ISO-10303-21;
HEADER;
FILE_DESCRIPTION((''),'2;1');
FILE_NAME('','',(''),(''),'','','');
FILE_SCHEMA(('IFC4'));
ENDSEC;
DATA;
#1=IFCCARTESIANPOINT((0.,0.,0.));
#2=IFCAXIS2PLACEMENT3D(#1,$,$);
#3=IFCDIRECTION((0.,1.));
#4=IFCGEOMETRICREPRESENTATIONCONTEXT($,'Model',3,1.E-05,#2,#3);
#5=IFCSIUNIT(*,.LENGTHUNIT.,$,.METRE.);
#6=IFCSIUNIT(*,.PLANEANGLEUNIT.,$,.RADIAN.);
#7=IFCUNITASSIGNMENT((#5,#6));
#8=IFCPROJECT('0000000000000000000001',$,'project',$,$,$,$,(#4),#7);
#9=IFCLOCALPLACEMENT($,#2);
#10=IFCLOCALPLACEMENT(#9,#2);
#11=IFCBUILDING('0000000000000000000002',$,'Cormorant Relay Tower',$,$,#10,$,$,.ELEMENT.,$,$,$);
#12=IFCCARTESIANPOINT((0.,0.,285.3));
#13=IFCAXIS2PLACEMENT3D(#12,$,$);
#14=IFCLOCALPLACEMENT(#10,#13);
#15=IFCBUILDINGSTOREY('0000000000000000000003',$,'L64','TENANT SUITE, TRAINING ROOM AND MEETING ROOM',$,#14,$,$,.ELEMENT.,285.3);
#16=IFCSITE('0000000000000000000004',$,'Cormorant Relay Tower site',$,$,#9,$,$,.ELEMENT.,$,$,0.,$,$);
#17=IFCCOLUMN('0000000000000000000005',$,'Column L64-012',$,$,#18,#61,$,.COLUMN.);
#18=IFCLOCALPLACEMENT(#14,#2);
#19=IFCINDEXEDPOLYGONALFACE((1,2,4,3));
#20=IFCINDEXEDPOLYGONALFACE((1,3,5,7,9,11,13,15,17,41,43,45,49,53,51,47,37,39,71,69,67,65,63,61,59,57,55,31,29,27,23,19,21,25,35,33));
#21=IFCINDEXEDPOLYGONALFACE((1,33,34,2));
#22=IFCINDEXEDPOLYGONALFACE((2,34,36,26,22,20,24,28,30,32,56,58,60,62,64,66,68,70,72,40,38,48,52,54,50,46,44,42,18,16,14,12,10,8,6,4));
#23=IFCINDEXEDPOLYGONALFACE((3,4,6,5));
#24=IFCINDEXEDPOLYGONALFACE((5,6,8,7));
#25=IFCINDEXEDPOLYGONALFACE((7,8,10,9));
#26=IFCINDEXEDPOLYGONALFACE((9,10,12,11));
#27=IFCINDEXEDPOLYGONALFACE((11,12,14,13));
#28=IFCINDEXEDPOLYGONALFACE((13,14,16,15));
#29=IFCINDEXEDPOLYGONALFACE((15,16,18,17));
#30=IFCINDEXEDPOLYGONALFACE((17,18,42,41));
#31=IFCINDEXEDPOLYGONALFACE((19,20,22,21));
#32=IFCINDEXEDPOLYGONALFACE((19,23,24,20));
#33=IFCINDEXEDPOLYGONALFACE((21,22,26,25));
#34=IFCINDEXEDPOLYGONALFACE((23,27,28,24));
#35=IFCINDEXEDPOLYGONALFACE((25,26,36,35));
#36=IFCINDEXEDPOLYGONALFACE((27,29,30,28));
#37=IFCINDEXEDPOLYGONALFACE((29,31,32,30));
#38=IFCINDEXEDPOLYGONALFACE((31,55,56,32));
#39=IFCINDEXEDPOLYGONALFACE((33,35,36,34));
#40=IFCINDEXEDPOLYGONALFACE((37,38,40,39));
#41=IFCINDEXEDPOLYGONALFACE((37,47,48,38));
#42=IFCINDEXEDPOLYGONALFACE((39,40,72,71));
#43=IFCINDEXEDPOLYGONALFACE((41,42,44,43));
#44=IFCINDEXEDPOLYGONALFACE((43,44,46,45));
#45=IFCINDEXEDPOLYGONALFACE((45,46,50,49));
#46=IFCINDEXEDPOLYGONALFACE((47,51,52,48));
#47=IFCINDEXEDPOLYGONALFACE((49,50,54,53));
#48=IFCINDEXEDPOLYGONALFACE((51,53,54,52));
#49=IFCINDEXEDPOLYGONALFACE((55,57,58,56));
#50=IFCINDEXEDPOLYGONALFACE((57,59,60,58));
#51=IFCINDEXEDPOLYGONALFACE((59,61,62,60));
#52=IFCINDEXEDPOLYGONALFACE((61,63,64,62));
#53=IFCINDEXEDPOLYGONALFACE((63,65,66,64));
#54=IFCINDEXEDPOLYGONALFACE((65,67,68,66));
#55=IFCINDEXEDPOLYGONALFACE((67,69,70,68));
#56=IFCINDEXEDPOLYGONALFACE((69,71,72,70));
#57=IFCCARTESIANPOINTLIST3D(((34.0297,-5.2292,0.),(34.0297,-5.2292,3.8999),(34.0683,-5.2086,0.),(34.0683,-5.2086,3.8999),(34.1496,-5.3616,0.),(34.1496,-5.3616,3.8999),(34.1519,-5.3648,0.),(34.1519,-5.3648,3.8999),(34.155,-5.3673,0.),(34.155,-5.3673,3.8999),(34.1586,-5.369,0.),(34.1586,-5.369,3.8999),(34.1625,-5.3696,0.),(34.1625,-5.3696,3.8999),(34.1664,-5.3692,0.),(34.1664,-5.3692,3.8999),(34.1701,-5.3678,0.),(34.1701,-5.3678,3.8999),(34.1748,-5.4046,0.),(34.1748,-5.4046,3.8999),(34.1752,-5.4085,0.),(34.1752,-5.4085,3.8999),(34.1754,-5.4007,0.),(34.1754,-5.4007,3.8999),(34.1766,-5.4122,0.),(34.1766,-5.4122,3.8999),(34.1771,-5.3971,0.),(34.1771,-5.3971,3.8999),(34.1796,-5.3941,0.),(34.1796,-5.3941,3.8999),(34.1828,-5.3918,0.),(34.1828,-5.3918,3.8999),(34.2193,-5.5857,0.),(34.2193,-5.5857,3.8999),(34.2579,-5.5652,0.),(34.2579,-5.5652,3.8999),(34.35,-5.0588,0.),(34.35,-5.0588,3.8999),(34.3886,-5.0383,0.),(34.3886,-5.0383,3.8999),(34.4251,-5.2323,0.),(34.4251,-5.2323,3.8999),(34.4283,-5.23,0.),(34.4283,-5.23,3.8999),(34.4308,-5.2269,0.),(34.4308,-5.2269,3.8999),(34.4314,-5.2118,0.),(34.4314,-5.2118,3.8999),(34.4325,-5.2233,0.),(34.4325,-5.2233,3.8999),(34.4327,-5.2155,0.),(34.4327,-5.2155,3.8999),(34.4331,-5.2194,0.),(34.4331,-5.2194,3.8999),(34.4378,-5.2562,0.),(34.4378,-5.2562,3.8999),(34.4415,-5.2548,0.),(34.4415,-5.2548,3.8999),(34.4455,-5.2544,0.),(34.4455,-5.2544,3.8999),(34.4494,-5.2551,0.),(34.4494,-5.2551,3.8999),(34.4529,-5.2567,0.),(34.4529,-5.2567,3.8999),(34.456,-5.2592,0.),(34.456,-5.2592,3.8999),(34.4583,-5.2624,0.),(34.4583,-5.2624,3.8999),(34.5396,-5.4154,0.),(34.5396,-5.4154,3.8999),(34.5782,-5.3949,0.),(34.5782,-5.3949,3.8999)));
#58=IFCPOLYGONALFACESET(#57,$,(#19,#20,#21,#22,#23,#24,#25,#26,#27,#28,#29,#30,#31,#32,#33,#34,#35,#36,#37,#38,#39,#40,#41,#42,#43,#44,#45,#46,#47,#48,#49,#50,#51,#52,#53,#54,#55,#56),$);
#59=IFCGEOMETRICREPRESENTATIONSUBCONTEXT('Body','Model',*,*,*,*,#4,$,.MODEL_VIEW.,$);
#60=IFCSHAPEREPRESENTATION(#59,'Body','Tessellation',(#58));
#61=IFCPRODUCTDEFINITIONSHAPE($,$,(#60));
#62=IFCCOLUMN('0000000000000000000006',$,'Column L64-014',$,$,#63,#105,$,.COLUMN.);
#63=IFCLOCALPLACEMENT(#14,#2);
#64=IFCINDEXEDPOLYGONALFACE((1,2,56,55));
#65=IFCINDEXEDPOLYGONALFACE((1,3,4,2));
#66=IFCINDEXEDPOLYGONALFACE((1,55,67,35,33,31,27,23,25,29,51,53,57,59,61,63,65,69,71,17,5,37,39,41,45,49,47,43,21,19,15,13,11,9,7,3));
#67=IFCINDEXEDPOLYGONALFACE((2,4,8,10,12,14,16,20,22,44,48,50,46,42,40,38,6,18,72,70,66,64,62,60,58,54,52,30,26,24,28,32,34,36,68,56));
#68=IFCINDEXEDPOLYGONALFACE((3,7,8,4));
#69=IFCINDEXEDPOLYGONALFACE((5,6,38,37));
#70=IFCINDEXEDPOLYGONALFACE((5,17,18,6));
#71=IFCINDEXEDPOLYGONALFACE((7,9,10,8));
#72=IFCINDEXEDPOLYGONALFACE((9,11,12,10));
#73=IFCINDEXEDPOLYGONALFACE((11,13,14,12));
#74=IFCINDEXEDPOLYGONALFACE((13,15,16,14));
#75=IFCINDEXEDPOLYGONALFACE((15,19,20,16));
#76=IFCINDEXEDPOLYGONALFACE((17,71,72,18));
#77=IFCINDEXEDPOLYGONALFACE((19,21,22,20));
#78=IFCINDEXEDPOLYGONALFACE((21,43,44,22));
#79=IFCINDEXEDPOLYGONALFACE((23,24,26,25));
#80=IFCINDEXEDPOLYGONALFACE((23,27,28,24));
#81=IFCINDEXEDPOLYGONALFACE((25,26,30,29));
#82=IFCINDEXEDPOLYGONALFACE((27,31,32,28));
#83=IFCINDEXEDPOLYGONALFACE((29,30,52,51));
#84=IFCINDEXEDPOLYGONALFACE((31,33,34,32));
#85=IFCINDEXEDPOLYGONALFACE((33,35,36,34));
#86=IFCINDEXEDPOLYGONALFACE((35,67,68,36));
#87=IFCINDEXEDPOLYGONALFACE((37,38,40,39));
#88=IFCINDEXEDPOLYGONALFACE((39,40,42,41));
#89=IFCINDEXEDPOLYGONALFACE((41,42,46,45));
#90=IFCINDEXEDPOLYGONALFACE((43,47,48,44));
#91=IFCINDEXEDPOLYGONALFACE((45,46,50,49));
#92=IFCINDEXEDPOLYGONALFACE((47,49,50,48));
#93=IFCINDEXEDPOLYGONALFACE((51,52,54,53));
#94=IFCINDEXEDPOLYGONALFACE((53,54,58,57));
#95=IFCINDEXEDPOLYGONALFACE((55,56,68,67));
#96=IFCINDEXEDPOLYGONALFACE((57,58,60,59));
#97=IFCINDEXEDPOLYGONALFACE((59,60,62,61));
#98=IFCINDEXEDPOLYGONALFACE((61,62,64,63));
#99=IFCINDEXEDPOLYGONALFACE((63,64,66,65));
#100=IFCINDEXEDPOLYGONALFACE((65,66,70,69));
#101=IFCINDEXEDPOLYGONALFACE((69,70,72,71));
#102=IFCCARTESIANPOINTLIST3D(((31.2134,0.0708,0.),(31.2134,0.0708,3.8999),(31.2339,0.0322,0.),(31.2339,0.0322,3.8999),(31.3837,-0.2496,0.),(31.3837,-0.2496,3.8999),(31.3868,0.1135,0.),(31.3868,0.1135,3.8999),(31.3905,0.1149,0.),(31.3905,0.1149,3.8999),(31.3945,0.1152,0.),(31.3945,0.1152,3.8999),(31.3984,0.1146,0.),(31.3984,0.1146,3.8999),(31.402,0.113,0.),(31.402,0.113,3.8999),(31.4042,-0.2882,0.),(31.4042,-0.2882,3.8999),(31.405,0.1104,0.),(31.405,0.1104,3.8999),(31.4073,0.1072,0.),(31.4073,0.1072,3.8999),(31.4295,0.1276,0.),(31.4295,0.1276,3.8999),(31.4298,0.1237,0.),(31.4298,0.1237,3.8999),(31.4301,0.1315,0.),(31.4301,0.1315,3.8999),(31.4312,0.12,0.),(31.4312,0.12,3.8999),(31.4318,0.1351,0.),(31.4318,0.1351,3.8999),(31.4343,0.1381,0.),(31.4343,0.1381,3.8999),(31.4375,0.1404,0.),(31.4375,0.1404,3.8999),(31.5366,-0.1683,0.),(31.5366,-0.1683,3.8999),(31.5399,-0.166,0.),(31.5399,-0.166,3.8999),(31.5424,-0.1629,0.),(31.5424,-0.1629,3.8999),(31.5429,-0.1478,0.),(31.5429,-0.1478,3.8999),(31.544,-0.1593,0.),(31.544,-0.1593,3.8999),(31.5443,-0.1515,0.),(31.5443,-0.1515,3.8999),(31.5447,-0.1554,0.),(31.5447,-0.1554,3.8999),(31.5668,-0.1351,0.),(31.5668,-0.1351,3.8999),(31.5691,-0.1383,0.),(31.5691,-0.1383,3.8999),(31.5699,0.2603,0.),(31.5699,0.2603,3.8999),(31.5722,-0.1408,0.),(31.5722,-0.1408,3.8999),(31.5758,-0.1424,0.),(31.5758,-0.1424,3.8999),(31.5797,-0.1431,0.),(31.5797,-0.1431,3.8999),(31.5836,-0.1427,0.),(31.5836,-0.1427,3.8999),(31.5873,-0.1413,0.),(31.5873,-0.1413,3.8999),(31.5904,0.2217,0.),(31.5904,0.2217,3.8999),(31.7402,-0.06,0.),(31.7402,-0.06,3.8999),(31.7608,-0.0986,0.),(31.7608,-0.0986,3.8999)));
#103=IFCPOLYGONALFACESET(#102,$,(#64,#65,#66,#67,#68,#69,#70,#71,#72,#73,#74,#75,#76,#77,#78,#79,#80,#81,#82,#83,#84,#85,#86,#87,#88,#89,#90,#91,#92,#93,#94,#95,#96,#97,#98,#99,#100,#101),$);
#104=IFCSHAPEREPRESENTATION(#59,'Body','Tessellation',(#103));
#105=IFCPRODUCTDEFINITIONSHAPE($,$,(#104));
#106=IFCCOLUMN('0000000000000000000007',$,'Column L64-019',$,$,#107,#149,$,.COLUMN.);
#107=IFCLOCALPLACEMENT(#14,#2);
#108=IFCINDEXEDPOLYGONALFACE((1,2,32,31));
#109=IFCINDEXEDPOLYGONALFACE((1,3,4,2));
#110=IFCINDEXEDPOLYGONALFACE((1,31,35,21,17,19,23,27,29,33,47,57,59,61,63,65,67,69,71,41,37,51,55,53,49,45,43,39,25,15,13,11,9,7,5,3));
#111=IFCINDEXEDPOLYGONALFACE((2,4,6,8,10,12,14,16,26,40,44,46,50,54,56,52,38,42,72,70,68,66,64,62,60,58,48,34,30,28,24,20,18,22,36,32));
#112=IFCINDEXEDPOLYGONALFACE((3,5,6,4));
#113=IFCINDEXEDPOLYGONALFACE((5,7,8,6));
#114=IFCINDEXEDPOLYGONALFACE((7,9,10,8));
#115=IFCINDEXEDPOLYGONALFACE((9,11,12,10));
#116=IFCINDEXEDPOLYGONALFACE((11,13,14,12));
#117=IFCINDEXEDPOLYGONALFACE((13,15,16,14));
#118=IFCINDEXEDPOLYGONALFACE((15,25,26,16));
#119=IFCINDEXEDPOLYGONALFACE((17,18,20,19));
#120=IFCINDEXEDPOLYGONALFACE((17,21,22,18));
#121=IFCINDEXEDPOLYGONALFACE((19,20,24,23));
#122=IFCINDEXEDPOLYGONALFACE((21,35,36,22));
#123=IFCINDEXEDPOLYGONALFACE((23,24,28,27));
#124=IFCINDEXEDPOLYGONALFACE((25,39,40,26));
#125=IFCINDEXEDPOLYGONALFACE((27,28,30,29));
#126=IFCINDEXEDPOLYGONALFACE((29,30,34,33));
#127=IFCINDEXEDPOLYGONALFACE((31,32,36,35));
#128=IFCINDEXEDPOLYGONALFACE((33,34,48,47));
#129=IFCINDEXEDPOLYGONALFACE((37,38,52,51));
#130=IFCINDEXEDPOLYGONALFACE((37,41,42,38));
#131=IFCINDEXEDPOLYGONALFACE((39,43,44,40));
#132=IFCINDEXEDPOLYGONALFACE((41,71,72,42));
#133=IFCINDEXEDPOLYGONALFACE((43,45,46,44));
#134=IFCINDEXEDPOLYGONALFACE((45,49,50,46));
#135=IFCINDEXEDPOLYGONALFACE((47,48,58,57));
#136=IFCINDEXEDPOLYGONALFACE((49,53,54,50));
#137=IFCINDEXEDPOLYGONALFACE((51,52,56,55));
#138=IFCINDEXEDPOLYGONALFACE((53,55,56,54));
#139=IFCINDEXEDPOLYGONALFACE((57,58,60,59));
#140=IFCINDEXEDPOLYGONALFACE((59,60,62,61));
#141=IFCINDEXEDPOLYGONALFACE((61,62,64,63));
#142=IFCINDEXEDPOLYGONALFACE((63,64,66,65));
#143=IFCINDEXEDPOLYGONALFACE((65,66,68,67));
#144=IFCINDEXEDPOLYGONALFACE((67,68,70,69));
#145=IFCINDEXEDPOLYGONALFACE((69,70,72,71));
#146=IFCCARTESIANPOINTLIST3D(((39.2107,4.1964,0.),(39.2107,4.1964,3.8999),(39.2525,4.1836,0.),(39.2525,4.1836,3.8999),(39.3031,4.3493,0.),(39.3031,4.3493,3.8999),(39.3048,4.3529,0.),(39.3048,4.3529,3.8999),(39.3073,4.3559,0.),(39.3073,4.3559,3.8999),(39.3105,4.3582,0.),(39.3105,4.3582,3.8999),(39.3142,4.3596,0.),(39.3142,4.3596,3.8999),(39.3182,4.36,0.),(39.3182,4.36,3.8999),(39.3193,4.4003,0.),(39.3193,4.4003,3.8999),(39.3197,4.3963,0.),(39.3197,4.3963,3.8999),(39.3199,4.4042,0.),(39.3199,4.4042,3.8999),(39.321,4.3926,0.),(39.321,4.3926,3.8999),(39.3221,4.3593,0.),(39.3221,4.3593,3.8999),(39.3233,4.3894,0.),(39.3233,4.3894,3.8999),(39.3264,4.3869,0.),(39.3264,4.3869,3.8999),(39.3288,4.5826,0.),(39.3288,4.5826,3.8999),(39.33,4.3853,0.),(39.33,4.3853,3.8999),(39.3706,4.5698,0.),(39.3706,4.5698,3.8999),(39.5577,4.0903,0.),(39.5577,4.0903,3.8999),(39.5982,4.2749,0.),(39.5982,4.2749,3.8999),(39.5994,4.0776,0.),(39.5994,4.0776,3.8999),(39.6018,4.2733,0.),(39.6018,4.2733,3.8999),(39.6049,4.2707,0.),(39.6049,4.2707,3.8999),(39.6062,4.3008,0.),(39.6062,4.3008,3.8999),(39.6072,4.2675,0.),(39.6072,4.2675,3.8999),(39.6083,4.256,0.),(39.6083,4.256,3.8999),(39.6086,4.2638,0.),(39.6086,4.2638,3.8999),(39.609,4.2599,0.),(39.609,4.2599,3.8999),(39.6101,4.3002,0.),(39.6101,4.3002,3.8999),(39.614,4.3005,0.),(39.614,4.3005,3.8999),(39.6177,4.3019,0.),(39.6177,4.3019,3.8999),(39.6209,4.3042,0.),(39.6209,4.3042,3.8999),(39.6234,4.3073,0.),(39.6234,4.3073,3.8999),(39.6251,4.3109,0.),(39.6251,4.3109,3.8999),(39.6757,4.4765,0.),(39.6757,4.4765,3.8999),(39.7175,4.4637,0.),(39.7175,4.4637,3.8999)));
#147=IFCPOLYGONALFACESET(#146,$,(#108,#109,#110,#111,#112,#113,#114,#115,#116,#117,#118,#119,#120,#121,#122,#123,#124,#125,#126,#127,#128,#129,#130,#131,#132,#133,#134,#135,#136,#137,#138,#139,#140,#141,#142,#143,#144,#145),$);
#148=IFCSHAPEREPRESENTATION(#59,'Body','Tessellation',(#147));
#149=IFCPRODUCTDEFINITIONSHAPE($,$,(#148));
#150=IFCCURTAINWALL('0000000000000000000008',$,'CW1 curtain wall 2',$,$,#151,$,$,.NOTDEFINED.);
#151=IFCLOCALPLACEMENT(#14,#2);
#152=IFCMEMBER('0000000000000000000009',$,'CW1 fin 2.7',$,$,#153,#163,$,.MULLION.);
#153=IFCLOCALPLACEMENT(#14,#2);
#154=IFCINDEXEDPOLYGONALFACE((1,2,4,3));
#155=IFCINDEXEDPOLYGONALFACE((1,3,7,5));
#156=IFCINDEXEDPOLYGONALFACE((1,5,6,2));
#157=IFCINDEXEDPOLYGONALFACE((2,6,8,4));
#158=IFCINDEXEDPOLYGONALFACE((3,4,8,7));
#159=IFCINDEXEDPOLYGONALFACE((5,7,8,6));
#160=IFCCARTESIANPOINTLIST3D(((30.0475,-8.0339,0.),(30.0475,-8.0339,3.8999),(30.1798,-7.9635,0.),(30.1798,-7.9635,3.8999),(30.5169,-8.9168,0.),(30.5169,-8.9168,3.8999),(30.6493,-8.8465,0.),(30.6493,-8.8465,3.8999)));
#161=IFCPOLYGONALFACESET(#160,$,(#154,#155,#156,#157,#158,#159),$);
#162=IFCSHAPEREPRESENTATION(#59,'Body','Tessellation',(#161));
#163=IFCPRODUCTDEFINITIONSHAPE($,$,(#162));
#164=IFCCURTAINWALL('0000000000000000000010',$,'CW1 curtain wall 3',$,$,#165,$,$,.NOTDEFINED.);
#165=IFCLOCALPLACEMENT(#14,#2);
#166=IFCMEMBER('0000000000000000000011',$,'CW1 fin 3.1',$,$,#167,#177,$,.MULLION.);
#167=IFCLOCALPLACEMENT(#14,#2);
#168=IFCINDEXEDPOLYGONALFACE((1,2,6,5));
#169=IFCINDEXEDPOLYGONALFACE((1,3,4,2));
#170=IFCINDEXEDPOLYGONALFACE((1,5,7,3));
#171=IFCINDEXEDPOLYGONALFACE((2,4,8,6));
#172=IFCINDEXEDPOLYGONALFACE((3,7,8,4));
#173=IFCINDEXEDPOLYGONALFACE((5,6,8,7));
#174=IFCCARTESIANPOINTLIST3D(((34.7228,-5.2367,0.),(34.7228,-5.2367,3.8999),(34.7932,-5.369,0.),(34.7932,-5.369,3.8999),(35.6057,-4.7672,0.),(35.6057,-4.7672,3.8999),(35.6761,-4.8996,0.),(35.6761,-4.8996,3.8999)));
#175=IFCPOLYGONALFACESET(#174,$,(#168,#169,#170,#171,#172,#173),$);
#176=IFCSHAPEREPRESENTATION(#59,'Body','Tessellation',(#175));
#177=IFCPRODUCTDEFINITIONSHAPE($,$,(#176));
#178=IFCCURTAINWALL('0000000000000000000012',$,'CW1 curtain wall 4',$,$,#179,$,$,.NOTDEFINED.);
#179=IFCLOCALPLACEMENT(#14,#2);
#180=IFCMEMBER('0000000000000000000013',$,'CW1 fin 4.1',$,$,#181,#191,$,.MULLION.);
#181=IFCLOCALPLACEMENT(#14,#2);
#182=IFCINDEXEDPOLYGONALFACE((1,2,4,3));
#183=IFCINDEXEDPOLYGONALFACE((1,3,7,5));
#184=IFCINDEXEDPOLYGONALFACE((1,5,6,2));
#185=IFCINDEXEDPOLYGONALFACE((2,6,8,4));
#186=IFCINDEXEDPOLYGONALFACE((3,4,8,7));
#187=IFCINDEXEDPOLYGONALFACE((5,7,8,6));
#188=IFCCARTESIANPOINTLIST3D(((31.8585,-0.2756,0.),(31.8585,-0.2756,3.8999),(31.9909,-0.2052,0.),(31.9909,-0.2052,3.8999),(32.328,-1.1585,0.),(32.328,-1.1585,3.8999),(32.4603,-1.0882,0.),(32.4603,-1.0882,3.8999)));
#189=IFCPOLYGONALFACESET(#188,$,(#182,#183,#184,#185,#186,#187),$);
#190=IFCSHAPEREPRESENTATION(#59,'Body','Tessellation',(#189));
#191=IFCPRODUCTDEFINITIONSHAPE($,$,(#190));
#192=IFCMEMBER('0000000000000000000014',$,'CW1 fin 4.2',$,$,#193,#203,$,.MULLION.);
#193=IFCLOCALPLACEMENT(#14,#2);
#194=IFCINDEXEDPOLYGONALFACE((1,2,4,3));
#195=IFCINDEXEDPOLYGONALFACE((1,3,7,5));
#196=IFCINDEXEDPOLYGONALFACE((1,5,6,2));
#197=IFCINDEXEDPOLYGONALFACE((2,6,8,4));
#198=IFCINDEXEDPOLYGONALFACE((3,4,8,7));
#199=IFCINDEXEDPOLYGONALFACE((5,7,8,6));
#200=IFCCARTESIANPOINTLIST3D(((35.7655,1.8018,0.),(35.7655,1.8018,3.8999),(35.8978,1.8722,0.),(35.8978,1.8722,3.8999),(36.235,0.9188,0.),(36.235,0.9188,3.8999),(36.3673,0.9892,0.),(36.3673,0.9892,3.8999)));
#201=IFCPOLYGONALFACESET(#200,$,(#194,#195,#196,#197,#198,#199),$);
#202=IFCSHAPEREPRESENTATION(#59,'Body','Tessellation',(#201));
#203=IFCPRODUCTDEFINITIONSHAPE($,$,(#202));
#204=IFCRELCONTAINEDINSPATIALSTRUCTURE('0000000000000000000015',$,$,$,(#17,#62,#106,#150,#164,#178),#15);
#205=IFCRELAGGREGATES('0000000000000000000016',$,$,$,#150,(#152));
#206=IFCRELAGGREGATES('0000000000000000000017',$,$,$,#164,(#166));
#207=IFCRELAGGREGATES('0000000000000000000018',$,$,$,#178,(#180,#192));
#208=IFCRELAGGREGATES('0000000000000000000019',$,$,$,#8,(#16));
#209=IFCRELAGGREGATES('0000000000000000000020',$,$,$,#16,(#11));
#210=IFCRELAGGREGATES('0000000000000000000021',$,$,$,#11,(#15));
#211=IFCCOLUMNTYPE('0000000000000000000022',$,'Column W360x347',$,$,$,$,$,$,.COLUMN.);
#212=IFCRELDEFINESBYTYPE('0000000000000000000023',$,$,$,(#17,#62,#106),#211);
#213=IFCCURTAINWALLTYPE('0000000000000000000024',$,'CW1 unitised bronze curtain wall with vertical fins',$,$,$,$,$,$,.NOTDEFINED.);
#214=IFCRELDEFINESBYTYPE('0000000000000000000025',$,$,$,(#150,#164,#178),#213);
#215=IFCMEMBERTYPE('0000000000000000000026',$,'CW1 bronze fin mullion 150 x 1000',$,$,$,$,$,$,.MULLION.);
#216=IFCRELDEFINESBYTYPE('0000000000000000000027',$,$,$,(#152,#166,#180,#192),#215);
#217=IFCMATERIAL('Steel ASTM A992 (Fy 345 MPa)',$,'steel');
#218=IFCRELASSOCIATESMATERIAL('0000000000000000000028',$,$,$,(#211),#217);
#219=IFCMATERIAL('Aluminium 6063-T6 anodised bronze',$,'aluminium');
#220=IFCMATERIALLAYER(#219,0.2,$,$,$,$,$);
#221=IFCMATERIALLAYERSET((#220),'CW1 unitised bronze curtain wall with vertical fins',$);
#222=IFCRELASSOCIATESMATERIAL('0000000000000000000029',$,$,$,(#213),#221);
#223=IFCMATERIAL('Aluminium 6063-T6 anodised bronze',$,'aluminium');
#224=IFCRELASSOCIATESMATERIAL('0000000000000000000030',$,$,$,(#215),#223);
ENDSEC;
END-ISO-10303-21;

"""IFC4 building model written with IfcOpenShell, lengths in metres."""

from ifc_helpers import new_model, si_unit, direction, frame, origin, origin_2d, place, context, subcontext, project, spatial, rectangle, i_section, extrude, material, layer, layer_set, material_profile, profile_set, type_object, element, aggregate, save


model = new_model("IFC4")

# Units and contexts
model_context = context("Model", 3, precision=1e-05, world=origin(), true_north=direction((0.0, 1.0)))
body_context = subcontext(model_context, "Body", "Model", "MODEL_VIEW")
ifc_project = project(units=[si_unit("LENGTHUNIT", "METRE"), si_unit("PLANEANGLEUNIT", "RADIAN")], contexts=[model_context])

# Site, building, storey
site_placement = place(None, origin())
site = spatial("IfcSite", under=ifc_project, at=site_placement, Name="Cormorant Relay Tower site", CompositionType="ELEMENT", RefElevation=0.0)
building_placement = place(site_placement, origin())
building = spatial("IfcBuilding", under=site, at=building_placement, Name="Cormorant Relay Tower", CompositionType="ELEMENT")
storey_placement = place(building_placement, frame((0.0, 0.0, 285.3)))
storey = spatial("IfcBuildingStorey", under=building, at=storey_placement, Name="L64", Description="TENANT SUITE, TRAINING ROOM AND MEETING ROOM", CompositionType="ELEMENT", Elevation=285.3)

# Columns
ifc_material_1 = material(Name="Steel ASTM A992 (Fy 345 MPa)", Category="steel")
ifc_material_profile_1 = material_profile(ifc_material_1, i_section(OverallWidth=0.4038, OverallDepth=0.4065, WebThickness=0.0271, FlangeThickness=0.0437, FilletRadius=0.0151, at=origin_2d()), Name="W360x347")
ifc_profile_set_1 = profile_set([ifc_material_profile_1], Name="Steel ASTM A992 (Fy 345 MPa)")
column_type = type_object("IfcColumnType", Name="Column W360x347", PredefinedType="COLUMN", material=ifc_profile_set_1)
for number, where, z_axis, x_axis, name in (
    (1, (34.304, -5.312, 0.0), (0.0, 0.0, 1.0), (-0.469472, 0.882948, 0.0), "Column L64-012"),
    (2, (31.4871, -0.0139, 0.0), (0.0, 0.0, 1.0), (0.882948, 0.469472, 0.0), "Column L64-014"),
    (3, (39.4641, 4.3301, 0.0), (0.0, 0.0, 1.0), (0.292372, 0.956305, 0.0), "Column L64-019"),
):
    element("IfcColumn", number, at=place(storey_placement, frame(where, z_axis=z_axis, x_axis=x_axis)), inside=storey, type_object=column_type, Name=name, PredefinedType="COLUMN", context=body_context, shape_type="SweptSolid", body=[
        extrude(i_section(OverallWidth=0.4038, OverallDepth=0.4065, WebThickness=0.0271, FlangeThickness=0.0437, FilletRadius=0.0151, at=origin_2d()), origin(), (0.0, 0.0, 1.0), 3.8999),
    ])

# Curtain walls, members
ifc_material_2 = material(Name="Aluminium 6063-T6 anodised bronze", Category="aluminium")
ifc_layer_1 = layer(ifc_material_2, 0.2)
ifc_layer_set_1 = layer_set([ifc_layer_1], Name="CW1 unitised bronze curtain wall with vertical fins")
curtain_wall_type = type_object("IfcCurtainWallType", Name="CW1 unitised bronze curtain wall with vertical fins", PredefinedType="NOTDEFINED", material=ifc_layer_set_1)
curtain_wall_1_placement = place(storey_placement, origin())
curtain_wall_1 = element("IfcCurtainWall", 4, at=curtain_wall_1_placement, inside=storey, type_object=curtain_wall_type, Name="CW1 curtain wall 2", PredefinedType="NOTDEFINED")
ifc_material_3 = material(Name="Aluminium 6063-T6 anodised bronze", Category="aluminium")
ifc_material_profile_2 = material_profile(ifc_material_3, rectangle(XDim=0.1499, YDim=1.0, at=origin_2d()), Name="AL 150x1000")
ifc_profile_set_2 = profile_set([ifc_material_profile_2], Name="Aluminium 6063-T6 anodised bronze")
member_type_1 = type_object("IfcMemberType", Name="CW1 bronze fin mullion 150 x 1000", PredefinedType="MULLION", material=ifc_profile_set_2)
member_1_placement = place(storey_placement, frame((30.3484, -8.4402, 0.0), z_axis=(0.0, 0.0, 1.0), x_axis=(0.882948, 0.469472, 0.0)))
member_1 = element("IfcMember", 5, at=member_1_placement, type_object=member_type_1, Name="CW1 fin 2.7", PredefinedType="MULLION", context=body_context, shape_type="SweptSolid", body=[
    extrude(rectangle(XDim=0.1499, YDim=1.0, at=origin_2d()), origin(), (0.0, 0.0, 1.0), 3.8999),
])
curtain_wall_2_placement = place(storey_placement, origin())
curtain_wall_2 = element("IfcCurtainWall", 6, at=curtain_wall_2_placement, inside=storey, type_object=curtain_wall_type, Name="CW1 curtain wall 3", PredefinedType="NOTDEFINED")
member_2_placement = place(storey_placement, frame((35.1995, -5.0681, 0.0), z_axis=(0.0, 0.0, 1.0), x_axis=(-0.469472, 0.882948, 0.0)))
member_2 = element("IfcMember", 7, at=member_2_placement, type_object=member_type_1, Name="CW1 fin 3.1", PredefinedType="MULLION", context=body_context, shape_type="SweptSolid", body=[
    extrude(rectangle(XDim=0.1499, YDim=1.0, at=origin_2d()), origin(), (0.0, 0.0, 1.0), 3.8999),
])

# Curtain wall, members
curtain_wall_3_placement = place(storey_placement, origin())
curtain_wall_3 = element("IfcCurtainWall", 8, at=curtain_wall_3_placement, inside=storey, type_object=curtain_wall_type, Name="CW1 curtain wall 4", PredefinedType="NOTDEFINED")
member_3_placement = place(storey_placement, frame((32.1594, -0.6819, 0.0), z_axis=(0.0, 0.0, 1.0), x_axis=(0.882948, 0.469472, 0.0)))
member_3 = element("IfcMember", 9, at=member_3_placement, type_object=member_type_1, Name="CW1 fin 4.1", PredefinedType="MULLION", context=body_context, shape_type="SweptSolid", body=[
    extrude(rectangle(XDim=0.1499, YDim=1.0, at=origin_2d()), origin(), (0.0, 0.0, 1.0), 3.8999),
])
member_4_placement = place(storey_placement, frame((36.0664, 1.3955, 0.0), z_axis=(0.0, 0.0, 1.0), x_axis=(0.882948, 0.469472, 0.0)))
member_4 = element("IfcMember", 10, at=member_4_placement, type_object=member_type_1, Name="CW1 fin 4.2", PredefinedType="MULLION", context=body_context, shape_type="SweptSolid", body=[
    extrude(rectangle(XDim=0.1499, YDim=1.0, at=origin_2d()), origin(), (0.0, 0.0, 1.0), 3.8999),
])

aggregate(curtain_wall_1, [member_1])
aggregate(curtain_wall_2, [member_2])
aggregate(curtain_wall_3, [member_3, member_4])

save(model, "model.ifc")
